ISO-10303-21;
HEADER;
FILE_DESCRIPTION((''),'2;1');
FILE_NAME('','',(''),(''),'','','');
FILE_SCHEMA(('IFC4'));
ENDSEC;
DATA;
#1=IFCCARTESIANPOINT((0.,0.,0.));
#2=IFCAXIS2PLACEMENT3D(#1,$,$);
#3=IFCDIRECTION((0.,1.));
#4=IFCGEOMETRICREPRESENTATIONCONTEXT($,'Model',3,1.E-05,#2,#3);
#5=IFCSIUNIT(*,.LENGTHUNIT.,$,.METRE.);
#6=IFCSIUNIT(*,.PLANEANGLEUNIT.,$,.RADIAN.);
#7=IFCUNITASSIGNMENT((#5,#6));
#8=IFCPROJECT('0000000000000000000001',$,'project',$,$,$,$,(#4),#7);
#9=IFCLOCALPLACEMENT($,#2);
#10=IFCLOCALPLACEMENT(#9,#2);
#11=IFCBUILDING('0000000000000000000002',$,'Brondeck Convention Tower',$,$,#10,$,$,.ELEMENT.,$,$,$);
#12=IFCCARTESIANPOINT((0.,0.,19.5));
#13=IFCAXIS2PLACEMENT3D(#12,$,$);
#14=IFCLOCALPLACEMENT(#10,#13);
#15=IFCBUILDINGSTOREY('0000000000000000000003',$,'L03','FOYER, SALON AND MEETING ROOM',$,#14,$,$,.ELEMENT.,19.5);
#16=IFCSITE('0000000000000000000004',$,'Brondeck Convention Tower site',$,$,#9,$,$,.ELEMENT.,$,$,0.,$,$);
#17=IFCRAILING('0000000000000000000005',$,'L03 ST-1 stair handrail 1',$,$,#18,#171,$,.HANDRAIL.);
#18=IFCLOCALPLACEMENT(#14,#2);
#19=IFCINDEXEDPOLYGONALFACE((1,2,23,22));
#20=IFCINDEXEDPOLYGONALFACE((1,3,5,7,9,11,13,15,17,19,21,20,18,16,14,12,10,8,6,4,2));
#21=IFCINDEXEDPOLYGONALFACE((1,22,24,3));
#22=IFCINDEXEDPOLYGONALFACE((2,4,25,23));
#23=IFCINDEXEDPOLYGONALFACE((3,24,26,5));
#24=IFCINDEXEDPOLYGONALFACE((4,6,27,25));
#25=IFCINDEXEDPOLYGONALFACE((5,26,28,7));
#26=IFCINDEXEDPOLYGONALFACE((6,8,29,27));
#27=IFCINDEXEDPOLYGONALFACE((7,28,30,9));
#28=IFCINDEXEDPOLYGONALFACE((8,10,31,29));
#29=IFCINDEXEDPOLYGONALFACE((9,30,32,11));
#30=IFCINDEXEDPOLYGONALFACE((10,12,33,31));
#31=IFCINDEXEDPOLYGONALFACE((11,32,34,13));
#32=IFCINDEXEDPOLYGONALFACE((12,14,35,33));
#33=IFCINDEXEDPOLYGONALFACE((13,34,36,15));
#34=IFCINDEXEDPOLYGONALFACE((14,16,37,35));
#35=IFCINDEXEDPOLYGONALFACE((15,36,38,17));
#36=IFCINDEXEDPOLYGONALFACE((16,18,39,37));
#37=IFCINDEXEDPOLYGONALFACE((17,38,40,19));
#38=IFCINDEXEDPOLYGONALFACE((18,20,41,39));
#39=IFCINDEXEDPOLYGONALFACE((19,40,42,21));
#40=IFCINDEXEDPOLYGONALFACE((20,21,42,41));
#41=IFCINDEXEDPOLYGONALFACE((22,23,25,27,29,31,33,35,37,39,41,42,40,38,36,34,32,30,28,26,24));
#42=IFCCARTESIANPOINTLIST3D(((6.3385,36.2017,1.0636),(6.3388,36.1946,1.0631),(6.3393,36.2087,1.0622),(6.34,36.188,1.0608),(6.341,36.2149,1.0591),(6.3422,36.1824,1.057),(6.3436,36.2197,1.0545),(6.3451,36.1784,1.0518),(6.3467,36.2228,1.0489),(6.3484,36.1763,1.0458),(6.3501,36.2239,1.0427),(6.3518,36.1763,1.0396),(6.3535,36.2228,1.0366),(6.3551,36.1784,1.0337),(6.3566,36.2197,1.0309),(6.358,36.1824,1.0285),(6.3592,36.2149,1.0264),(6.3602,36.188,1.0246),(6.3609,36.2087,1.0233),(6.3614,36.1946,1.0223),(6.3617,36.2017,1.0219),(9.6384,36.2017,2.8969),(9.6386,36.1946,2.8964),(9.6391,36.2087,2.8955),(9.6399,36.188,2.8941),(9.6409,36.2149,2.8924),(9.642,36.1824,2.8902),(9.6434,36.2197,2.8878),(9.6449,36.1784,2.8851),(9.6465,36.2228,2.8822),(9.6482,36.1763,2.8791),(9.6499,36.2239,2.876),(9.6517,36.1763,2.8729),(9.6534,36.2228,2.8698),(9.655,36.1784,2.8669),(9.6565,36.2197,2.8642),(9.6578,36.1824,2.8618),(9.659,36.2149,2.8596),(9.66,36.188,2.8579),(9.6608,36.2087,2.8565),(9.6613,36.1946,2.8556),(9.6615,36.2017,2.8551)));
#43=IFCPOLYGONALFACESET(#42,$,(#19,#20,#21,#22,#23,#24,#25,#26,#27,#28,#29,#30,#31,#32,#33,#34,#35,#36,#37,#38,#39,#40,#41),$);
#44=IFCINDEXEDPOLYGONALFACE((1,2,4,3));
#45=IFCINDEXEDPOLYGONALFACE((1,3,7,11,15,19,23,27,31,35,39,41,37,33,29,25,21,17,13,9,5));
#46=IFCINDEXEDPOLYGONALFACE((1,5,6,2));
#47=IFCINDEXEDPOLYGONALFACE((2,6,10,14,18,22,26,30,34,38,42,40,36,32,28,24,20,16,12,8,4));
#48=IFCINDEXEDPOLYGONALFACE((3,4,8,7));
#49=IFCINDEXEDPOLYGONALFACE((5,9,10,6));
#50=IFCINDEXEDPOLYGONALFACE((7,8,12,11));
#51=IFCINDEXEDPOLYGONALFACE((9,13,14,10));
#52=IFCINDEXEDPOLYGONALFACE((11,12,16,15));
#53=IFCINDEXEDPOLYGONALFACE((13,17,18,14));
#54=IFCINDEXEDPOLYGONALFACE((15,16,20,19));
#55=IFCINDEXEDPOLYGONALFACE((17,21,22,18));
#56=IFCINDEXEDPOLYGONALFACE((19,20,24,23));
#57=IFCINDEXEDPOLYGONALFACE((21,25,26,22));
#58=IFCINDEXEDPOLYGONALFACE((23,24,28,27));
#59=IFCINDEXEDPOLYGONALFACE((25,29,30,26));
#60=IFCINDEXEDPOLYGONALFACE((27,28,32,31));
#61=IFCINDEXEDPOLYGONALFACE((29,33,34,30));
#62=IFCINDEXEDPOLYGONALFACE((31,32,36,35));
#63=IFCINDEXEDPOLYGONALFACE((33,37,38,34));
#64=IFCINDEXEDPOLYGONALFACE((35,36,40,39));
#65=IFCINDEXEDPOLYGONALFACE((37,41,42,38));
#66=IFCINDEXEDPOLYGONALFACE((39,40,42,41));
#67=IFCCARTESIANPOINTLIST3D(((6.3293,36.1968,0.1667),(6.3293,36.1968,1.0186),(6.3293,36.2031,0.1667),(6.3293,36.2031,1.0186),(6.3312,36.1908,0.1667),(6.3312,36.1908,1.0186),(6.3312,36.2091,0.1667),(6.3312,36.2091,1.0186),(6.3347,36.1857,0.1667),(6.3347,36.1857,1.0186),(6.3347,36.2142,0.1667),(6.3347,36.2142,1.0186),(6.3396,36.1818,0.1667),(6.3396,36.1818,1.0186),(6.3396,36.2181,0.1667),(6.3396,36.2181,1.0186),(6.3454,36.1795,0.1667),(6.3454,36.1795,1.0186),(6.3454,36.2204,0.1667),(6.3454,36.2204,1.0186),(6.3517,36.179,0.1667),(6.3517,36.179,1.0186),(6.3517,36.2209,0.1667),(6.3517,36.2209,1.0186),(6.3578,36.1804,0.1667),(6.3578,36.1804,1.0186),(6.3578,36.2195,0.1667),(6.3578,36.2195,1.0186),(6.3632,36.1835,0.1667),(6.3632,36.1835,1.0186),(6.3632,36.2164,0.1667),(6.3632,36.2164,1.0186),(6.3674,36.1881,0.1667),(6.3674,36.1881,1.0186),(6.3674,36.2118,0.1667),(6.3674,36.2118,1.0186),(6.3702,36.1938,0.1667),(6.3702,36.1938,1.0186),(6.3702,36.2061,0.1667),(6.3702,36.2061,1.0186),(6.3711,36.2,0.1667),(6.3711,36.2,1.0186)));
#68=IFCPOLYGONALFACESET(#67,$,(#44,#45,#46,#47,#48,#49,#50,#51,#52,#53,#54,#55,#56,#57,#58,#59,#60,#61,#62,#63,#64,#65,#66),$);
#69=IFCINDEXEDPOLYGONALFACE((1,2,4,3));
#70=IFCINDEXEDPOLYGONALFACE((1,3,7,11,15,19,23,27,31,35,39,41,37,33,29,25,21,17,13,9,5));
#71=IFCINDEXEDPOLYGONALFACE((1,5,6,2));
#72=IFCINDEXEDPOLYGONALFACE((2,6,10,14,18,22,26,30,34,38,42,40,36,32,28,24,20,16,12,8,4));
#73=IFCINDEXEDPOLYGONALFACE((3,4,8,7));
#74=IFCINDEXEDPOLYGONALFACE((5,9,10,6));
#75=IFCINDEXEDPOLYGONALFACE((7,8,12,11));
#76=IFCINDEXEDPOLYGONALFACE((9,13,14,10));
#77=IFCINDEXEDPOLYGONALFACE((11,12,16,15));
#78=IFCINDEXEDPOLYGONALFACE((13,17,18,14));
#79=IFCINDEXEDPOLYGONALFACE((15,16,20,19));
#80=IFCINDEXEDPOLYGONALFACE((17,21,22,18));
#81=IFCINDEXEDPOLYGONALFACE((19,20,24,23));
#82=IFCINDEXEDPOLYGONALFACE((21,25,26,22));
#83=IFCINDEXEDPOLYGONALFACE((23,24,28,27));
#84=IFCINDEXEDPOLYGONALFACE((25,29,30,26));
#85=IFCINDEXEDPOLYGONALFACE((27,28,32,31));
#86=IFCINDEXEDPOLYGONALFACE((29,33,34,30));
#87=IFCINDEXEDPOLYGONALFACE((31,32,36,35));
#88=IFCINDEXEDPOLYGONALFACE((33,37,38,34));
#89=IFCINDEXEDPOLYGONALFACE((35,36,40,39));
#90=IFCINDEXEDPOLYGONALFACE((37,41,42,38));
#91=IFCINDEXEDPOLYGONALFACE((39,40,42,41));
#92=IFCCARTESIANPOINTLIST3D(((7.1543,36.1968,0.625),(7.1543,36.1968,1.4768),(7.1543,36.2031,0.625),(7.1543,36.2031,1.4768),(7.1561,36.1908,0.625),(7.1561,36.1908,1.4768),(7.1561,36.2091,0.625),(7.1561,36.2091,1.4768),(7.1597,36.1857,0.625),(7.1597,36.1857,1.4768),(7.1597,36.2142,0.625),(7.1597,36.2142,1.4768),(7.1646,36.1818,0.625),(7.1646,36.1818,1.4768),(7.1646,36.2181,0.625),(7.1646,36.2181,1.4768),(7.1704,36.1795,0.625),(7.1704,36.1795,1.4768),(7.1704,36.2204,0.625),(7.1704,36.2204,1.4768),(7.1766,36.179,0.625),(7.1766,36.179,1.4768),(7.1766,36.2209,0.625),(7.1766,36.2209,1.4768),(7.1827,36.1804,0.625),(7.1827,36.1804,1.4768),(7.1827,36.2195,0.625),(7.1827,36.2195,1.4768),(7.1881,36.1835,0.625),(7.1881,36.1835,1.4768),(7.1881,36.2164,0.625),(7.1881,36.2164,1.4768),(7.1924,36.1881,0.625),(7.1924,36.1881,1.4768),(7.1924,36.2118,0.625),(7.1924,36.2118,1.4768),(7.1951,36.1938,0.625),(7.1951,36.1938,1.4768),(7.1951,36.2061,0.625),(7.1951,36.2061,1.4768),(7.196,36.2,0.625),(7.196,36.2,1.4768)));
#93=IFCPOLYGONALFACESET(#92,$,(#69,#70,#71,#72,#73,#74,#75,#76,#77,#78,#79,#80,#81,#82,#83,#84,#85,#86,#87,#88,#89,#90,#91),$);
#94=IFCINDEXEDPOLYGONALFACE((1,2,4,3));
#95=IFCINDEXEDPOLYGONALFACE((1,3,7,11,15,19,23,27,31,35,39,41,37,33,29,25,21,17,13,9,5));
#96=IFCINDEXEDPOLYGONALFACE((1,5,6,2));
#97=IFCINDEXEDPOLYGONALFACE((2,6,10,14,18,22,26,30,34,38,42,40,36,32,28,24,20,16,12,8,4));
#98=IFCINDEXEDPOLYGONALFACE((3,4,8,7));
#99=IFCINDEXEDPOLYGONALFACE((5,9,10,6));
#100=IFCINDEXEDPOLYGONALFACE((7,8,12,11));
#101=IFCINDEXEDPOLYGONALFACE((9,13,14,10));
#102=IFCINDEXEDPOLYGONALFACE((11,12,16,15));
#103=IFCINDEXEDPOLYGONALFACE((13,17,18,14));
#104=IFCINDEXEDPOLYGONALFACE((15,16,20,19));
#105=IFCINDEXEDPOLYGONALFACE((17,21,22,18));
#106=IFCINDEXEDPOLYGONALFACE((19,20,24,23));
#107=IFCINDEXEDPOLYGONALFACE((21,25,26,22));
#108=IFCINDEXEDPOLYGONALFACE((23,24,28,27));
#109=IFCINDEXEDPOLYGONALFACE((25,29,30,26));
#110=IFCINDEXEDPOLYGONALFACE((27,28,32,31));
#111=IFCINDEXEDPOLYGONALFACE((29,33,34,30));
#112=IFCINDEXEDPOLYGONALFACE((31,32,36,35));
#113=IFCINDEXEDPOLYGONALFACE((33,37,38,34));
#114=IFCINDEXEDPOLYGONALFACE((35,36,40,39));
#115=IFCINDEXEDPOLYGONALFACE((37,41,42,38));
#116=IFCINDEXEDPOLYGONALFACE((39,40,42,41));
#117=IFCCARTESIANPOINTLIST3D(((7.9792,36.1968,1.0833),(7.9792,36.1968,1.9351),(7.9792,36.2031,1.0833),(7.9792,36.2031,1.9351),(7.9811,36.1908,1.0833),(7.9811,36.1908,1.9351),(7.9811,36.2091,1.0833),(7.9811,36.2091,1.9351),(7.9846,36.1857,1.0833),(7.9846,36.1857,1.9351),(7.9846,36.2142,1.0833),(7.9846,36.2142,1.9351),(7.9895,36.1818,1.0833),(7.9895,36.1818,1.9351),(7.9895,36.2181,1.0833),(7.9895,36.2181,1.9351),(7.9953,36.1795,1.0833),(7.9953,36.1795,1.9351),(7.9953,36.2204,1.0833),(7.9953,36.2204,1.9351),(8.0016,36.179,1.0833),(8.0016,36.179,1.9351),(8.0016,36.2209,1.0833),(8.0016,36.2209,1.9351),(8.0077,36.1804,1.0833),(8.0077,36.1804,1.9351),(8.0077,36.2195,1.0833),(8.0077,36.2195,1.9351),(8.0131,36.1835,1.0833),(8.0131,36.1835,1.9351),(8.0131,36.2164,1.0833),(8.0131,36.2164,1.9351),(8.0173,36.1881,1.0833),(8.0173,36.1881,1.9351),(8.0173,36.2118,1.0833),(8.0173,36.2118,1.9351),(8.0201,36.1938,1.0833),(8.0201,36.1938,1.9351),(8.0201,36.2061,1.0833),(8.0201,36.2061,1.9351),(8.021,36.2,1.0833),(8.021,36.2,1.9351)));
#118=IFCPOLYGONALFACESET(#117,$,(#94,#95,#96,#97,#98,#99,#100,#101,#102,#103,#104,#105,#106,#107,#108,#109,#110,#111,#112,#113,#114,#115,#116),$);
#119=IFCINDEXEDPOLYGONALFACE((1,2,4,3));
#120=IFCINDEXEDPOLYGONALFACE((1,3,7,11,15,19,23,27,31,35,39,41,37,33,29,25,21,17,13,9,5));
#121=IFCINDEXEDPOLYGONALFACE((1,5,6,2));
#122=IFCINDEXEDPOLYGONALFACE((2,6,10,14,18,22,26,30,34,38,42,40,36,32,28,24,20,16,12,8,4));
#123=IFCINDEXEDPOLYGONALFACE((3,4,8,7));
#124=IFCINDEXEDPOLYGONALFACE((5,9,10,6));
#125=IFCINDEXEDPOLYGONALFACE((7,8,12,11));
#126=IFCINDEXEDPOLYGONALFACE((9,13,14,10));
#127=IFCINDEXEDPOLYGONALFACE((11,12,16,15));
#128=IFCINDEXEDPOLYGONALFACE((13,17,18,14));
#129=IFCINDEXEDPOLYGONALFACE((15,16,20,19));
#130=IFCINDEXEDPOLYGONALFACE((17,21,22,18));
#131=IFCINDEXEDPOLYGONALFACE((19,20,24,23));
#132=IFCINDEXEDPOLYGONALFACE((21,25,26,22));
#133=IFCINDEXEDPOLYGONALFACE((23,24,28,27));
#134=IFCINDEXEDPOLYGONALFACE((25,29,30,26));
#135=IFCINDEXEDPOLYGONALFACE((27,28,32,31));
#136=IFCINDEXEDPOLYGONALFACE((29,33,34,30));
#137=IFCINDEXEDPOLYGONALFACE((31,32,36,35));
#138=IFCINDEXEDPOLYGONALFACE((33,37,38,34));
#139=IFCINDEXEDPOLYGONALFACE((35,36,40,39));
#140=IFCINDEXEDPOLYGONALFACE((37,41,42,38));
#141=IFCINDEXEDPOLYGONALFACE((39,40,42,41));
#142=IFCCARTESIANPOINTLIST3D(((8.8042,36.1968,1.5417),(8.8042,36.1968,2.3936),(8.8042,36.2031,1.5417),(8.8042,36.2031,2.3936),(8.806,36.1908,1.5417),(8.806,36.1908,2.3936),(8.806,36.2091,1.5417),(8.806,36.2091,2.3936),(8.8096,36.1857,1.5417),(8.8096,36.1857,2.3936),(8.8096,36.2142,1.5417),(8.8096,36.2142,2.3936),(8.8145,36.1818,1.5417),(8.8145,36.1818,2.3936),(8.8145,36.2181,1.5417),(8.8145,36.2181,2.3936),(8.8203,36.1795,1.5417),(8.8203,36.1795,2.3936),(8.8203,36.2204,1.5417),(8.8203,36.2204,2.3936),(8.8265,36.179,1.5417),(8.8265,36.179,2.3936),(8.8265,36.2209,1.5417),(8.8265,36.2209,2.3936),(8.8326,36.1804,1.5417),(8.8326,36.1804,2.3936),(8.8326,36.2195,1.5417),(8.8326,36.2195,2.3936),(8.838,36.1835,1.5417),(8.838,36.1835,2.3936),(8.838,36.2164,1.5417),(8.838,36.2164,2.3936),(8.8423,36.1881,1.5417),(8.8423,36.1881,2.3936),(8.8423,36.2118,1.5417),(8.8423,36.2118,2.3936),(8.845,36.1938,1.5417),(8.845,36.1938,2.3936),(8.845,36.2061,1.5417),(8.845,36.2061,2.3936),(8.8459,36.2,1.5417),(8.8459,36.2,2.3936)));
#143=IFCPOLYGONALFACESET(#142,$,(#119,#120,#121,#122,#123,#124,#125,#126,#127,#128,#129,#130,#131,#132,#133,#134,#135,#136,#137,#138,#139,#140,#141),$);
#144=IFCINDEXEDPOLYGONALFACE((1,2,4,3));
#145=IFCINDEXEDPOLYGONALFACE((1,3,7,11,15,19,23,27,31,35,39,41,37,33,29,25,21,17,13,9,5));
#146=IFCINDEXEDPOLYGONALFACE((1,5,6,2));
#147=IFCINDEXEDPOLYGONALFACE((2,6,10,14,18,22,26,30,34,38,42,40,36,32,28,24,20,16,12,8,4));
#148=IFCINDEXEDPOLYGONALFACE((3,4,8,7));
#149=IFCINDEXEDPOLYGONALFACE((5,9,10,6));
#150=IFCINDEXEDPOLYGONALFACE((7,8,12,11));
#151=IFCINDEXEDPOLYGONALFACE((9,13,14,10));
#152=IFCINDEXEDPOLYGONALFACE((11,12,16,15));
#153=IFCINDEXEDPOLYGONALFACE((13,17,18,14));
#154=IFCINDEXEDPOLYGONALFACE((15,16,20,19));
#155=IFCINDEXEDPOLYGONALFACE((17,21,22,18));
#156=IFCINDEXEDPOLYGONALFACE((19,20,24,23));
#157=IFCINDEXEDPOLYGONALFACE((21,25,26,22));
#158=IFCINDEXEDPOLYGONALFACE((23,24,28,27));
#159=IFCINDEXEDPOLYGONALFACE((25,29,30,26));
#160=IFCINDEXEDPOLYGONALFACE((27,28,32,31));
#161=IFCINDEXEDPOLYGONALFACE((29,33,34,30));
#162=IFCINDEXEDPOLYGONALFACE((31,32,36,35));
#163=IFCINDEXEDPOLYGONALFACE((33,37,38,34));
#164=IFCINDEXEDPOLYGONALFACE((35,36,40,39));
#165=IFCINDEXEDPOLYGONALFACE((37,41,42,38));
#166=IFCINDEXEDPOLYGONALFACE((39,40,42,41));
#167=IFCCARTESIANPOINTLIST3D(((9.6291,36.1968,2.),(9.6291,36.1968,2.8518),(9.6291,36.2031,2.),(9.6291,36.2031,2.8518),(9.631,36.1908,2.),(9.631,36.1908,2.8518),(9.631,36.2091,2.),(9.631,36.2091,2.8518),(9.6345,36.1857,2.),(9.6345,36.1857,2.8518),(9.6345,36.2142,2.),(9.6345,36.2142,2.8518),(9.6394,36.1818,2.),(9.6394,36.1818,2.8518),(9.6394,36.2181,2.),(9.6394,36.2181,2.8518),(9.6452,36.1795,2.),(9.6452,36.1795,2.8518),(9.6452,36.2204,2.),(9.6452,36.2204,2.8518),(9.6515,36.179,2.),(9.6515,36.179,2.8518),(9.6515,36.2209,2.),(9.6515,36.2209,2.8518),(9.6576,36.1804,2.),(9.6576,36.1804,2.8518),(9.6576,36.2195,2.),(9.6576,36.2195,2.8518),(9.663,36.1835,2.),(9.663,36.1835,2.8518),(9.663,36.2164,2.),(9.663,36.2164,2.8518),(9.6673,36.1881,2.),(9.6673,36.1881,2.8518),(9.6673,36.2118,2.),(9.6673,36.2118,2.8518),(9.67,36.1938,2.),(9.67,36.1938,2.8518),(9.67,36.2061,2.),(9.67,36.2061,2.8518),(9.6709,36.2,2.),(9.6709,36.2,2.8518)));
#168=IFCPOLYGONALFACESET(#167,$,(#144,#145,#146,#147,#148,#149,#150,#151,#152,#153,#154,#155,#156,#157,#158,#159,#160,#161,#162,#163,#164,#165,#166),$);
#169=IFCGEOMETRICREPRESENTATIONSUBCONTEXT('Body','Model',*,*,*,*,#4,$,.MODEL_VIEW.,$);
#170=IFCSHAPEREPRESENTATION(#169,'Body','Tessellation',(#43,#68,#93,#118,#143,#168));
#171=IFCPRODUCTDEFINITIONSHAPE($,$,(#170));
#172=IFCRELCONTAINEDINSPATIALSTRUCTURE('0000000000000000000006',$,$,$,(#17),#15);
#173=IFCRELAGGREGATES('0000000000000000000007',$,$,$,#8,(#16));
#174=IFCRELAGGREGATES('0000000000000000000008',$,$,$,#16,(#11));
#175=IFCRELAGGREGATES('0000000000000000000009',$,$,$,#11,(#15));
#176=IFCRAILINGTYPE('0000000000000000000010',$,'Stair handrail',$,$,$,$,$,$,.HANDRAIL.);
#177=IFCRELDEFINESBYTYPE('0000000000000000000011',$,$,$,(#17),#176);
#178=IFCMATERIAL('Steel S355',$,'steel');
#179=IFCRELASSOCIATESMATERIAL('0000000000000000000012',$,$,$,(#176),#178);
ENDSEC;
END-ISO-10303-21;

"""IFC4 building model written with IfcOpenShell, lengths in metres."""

from ifc_helpers import new_model, si_unit, direction, frame, origin, origin_2d, place, context, subcontext, project, spatial, circle, extrude, material, type_object, element, save


model = new_model("IFC4")

# Units and contexts
model_context = context("Model", 3, precision=1e-05, world=origin(), true_north=direction((0.0, 1.0)))
body_context = subcontext(model_context, "Body", "Model", "MODEL_VIEW")
ifc_project = project(units=[si_unit("LENGTHUNIT", "METRE"), si_unit("PLANEANGLEUNIT", "RADIAN")], contexts=[model_context])

# Site, building, storey
site_placement = place(None, origin())
site = spatial("IfcSite", under=ifc_project, at=site_placement, Name="Brondeck Convention Tower site", CompositionType="ELEMENT", RefElevation=0.0)
building_placement = place(site_placement, origin())
building = spatial("IfcBuilding", under=site, at=building_placement, Name="Brondeck Convention Tower", CompositionType="ELEMENT")
storey_placement = place(building_placement, frame((0.0, 0.0, 19.5)))
storey = spatial("IfcBuildingStorey", under=building, at=storey_placement, Name="L03", Description="FOYER, SALON AND MEETING ROOM", CompositionType="ELEMENT", Elevation=19.5)

# Shared definitions
ifc_material_1 = material(Name="Steel S355", Category="steel")

# Railing
railing_type_1 = type_object("IfcRailingType", Name="Stair handrail", PredefinedType="HANDRAIL", material=ifc_material_1)
for number, where, name in (
    (1, (6.3501, 36.2, 0.1667), "L03 ST-1 stair handrail 1"),
):
    element("IfcRailing", number, at=place(storey_placement, frame(where)), inside=storey, type_object=railing_type_1, Name=name, PredefinedType="HANDRAIL", context=body_context, shape_type="SweptSolid", body=[
        extrude(circle(Radius=0.0239, at=origin_2d()), frame((0.0, 0.0, 0.876), z_axis=(0.874154, 0.0, 0.485648), x_axis=(0.0, 1.0, 0.0)), (0.0, 0.0, 1.0), 3.7749),
        extrude(circle(Radius=0.021, at=origin_2d()), origin(), (0.0, 0.0, 1.0), 0.8518),
        extrude(circle(Radius=0.021, at=origin_2d()), frame((0.825, 0.0, 0.4583)), (0.0, 0.0, 1.0), 0.8518),
        extrude(circle(Radius=0.021, at=origin_2d()), frame((1.6499, 0.0, 0.9165)), (0.0, 0.0, 1.0), 0.8518),
        extrude(circle(Radius=0.021, at=origin_2d()), frame((2.4749, 0.0, 1.375)), (0.0, 0.0, 1.0), 0.8518),
        extrude(circle(Radius=0.021, at=origin_2d()), frame((3.2998, 0.0, 1.8333)), (0.0, 0.0, 1.0), 0.8518),
    ])

save(model, "model.ifc")
